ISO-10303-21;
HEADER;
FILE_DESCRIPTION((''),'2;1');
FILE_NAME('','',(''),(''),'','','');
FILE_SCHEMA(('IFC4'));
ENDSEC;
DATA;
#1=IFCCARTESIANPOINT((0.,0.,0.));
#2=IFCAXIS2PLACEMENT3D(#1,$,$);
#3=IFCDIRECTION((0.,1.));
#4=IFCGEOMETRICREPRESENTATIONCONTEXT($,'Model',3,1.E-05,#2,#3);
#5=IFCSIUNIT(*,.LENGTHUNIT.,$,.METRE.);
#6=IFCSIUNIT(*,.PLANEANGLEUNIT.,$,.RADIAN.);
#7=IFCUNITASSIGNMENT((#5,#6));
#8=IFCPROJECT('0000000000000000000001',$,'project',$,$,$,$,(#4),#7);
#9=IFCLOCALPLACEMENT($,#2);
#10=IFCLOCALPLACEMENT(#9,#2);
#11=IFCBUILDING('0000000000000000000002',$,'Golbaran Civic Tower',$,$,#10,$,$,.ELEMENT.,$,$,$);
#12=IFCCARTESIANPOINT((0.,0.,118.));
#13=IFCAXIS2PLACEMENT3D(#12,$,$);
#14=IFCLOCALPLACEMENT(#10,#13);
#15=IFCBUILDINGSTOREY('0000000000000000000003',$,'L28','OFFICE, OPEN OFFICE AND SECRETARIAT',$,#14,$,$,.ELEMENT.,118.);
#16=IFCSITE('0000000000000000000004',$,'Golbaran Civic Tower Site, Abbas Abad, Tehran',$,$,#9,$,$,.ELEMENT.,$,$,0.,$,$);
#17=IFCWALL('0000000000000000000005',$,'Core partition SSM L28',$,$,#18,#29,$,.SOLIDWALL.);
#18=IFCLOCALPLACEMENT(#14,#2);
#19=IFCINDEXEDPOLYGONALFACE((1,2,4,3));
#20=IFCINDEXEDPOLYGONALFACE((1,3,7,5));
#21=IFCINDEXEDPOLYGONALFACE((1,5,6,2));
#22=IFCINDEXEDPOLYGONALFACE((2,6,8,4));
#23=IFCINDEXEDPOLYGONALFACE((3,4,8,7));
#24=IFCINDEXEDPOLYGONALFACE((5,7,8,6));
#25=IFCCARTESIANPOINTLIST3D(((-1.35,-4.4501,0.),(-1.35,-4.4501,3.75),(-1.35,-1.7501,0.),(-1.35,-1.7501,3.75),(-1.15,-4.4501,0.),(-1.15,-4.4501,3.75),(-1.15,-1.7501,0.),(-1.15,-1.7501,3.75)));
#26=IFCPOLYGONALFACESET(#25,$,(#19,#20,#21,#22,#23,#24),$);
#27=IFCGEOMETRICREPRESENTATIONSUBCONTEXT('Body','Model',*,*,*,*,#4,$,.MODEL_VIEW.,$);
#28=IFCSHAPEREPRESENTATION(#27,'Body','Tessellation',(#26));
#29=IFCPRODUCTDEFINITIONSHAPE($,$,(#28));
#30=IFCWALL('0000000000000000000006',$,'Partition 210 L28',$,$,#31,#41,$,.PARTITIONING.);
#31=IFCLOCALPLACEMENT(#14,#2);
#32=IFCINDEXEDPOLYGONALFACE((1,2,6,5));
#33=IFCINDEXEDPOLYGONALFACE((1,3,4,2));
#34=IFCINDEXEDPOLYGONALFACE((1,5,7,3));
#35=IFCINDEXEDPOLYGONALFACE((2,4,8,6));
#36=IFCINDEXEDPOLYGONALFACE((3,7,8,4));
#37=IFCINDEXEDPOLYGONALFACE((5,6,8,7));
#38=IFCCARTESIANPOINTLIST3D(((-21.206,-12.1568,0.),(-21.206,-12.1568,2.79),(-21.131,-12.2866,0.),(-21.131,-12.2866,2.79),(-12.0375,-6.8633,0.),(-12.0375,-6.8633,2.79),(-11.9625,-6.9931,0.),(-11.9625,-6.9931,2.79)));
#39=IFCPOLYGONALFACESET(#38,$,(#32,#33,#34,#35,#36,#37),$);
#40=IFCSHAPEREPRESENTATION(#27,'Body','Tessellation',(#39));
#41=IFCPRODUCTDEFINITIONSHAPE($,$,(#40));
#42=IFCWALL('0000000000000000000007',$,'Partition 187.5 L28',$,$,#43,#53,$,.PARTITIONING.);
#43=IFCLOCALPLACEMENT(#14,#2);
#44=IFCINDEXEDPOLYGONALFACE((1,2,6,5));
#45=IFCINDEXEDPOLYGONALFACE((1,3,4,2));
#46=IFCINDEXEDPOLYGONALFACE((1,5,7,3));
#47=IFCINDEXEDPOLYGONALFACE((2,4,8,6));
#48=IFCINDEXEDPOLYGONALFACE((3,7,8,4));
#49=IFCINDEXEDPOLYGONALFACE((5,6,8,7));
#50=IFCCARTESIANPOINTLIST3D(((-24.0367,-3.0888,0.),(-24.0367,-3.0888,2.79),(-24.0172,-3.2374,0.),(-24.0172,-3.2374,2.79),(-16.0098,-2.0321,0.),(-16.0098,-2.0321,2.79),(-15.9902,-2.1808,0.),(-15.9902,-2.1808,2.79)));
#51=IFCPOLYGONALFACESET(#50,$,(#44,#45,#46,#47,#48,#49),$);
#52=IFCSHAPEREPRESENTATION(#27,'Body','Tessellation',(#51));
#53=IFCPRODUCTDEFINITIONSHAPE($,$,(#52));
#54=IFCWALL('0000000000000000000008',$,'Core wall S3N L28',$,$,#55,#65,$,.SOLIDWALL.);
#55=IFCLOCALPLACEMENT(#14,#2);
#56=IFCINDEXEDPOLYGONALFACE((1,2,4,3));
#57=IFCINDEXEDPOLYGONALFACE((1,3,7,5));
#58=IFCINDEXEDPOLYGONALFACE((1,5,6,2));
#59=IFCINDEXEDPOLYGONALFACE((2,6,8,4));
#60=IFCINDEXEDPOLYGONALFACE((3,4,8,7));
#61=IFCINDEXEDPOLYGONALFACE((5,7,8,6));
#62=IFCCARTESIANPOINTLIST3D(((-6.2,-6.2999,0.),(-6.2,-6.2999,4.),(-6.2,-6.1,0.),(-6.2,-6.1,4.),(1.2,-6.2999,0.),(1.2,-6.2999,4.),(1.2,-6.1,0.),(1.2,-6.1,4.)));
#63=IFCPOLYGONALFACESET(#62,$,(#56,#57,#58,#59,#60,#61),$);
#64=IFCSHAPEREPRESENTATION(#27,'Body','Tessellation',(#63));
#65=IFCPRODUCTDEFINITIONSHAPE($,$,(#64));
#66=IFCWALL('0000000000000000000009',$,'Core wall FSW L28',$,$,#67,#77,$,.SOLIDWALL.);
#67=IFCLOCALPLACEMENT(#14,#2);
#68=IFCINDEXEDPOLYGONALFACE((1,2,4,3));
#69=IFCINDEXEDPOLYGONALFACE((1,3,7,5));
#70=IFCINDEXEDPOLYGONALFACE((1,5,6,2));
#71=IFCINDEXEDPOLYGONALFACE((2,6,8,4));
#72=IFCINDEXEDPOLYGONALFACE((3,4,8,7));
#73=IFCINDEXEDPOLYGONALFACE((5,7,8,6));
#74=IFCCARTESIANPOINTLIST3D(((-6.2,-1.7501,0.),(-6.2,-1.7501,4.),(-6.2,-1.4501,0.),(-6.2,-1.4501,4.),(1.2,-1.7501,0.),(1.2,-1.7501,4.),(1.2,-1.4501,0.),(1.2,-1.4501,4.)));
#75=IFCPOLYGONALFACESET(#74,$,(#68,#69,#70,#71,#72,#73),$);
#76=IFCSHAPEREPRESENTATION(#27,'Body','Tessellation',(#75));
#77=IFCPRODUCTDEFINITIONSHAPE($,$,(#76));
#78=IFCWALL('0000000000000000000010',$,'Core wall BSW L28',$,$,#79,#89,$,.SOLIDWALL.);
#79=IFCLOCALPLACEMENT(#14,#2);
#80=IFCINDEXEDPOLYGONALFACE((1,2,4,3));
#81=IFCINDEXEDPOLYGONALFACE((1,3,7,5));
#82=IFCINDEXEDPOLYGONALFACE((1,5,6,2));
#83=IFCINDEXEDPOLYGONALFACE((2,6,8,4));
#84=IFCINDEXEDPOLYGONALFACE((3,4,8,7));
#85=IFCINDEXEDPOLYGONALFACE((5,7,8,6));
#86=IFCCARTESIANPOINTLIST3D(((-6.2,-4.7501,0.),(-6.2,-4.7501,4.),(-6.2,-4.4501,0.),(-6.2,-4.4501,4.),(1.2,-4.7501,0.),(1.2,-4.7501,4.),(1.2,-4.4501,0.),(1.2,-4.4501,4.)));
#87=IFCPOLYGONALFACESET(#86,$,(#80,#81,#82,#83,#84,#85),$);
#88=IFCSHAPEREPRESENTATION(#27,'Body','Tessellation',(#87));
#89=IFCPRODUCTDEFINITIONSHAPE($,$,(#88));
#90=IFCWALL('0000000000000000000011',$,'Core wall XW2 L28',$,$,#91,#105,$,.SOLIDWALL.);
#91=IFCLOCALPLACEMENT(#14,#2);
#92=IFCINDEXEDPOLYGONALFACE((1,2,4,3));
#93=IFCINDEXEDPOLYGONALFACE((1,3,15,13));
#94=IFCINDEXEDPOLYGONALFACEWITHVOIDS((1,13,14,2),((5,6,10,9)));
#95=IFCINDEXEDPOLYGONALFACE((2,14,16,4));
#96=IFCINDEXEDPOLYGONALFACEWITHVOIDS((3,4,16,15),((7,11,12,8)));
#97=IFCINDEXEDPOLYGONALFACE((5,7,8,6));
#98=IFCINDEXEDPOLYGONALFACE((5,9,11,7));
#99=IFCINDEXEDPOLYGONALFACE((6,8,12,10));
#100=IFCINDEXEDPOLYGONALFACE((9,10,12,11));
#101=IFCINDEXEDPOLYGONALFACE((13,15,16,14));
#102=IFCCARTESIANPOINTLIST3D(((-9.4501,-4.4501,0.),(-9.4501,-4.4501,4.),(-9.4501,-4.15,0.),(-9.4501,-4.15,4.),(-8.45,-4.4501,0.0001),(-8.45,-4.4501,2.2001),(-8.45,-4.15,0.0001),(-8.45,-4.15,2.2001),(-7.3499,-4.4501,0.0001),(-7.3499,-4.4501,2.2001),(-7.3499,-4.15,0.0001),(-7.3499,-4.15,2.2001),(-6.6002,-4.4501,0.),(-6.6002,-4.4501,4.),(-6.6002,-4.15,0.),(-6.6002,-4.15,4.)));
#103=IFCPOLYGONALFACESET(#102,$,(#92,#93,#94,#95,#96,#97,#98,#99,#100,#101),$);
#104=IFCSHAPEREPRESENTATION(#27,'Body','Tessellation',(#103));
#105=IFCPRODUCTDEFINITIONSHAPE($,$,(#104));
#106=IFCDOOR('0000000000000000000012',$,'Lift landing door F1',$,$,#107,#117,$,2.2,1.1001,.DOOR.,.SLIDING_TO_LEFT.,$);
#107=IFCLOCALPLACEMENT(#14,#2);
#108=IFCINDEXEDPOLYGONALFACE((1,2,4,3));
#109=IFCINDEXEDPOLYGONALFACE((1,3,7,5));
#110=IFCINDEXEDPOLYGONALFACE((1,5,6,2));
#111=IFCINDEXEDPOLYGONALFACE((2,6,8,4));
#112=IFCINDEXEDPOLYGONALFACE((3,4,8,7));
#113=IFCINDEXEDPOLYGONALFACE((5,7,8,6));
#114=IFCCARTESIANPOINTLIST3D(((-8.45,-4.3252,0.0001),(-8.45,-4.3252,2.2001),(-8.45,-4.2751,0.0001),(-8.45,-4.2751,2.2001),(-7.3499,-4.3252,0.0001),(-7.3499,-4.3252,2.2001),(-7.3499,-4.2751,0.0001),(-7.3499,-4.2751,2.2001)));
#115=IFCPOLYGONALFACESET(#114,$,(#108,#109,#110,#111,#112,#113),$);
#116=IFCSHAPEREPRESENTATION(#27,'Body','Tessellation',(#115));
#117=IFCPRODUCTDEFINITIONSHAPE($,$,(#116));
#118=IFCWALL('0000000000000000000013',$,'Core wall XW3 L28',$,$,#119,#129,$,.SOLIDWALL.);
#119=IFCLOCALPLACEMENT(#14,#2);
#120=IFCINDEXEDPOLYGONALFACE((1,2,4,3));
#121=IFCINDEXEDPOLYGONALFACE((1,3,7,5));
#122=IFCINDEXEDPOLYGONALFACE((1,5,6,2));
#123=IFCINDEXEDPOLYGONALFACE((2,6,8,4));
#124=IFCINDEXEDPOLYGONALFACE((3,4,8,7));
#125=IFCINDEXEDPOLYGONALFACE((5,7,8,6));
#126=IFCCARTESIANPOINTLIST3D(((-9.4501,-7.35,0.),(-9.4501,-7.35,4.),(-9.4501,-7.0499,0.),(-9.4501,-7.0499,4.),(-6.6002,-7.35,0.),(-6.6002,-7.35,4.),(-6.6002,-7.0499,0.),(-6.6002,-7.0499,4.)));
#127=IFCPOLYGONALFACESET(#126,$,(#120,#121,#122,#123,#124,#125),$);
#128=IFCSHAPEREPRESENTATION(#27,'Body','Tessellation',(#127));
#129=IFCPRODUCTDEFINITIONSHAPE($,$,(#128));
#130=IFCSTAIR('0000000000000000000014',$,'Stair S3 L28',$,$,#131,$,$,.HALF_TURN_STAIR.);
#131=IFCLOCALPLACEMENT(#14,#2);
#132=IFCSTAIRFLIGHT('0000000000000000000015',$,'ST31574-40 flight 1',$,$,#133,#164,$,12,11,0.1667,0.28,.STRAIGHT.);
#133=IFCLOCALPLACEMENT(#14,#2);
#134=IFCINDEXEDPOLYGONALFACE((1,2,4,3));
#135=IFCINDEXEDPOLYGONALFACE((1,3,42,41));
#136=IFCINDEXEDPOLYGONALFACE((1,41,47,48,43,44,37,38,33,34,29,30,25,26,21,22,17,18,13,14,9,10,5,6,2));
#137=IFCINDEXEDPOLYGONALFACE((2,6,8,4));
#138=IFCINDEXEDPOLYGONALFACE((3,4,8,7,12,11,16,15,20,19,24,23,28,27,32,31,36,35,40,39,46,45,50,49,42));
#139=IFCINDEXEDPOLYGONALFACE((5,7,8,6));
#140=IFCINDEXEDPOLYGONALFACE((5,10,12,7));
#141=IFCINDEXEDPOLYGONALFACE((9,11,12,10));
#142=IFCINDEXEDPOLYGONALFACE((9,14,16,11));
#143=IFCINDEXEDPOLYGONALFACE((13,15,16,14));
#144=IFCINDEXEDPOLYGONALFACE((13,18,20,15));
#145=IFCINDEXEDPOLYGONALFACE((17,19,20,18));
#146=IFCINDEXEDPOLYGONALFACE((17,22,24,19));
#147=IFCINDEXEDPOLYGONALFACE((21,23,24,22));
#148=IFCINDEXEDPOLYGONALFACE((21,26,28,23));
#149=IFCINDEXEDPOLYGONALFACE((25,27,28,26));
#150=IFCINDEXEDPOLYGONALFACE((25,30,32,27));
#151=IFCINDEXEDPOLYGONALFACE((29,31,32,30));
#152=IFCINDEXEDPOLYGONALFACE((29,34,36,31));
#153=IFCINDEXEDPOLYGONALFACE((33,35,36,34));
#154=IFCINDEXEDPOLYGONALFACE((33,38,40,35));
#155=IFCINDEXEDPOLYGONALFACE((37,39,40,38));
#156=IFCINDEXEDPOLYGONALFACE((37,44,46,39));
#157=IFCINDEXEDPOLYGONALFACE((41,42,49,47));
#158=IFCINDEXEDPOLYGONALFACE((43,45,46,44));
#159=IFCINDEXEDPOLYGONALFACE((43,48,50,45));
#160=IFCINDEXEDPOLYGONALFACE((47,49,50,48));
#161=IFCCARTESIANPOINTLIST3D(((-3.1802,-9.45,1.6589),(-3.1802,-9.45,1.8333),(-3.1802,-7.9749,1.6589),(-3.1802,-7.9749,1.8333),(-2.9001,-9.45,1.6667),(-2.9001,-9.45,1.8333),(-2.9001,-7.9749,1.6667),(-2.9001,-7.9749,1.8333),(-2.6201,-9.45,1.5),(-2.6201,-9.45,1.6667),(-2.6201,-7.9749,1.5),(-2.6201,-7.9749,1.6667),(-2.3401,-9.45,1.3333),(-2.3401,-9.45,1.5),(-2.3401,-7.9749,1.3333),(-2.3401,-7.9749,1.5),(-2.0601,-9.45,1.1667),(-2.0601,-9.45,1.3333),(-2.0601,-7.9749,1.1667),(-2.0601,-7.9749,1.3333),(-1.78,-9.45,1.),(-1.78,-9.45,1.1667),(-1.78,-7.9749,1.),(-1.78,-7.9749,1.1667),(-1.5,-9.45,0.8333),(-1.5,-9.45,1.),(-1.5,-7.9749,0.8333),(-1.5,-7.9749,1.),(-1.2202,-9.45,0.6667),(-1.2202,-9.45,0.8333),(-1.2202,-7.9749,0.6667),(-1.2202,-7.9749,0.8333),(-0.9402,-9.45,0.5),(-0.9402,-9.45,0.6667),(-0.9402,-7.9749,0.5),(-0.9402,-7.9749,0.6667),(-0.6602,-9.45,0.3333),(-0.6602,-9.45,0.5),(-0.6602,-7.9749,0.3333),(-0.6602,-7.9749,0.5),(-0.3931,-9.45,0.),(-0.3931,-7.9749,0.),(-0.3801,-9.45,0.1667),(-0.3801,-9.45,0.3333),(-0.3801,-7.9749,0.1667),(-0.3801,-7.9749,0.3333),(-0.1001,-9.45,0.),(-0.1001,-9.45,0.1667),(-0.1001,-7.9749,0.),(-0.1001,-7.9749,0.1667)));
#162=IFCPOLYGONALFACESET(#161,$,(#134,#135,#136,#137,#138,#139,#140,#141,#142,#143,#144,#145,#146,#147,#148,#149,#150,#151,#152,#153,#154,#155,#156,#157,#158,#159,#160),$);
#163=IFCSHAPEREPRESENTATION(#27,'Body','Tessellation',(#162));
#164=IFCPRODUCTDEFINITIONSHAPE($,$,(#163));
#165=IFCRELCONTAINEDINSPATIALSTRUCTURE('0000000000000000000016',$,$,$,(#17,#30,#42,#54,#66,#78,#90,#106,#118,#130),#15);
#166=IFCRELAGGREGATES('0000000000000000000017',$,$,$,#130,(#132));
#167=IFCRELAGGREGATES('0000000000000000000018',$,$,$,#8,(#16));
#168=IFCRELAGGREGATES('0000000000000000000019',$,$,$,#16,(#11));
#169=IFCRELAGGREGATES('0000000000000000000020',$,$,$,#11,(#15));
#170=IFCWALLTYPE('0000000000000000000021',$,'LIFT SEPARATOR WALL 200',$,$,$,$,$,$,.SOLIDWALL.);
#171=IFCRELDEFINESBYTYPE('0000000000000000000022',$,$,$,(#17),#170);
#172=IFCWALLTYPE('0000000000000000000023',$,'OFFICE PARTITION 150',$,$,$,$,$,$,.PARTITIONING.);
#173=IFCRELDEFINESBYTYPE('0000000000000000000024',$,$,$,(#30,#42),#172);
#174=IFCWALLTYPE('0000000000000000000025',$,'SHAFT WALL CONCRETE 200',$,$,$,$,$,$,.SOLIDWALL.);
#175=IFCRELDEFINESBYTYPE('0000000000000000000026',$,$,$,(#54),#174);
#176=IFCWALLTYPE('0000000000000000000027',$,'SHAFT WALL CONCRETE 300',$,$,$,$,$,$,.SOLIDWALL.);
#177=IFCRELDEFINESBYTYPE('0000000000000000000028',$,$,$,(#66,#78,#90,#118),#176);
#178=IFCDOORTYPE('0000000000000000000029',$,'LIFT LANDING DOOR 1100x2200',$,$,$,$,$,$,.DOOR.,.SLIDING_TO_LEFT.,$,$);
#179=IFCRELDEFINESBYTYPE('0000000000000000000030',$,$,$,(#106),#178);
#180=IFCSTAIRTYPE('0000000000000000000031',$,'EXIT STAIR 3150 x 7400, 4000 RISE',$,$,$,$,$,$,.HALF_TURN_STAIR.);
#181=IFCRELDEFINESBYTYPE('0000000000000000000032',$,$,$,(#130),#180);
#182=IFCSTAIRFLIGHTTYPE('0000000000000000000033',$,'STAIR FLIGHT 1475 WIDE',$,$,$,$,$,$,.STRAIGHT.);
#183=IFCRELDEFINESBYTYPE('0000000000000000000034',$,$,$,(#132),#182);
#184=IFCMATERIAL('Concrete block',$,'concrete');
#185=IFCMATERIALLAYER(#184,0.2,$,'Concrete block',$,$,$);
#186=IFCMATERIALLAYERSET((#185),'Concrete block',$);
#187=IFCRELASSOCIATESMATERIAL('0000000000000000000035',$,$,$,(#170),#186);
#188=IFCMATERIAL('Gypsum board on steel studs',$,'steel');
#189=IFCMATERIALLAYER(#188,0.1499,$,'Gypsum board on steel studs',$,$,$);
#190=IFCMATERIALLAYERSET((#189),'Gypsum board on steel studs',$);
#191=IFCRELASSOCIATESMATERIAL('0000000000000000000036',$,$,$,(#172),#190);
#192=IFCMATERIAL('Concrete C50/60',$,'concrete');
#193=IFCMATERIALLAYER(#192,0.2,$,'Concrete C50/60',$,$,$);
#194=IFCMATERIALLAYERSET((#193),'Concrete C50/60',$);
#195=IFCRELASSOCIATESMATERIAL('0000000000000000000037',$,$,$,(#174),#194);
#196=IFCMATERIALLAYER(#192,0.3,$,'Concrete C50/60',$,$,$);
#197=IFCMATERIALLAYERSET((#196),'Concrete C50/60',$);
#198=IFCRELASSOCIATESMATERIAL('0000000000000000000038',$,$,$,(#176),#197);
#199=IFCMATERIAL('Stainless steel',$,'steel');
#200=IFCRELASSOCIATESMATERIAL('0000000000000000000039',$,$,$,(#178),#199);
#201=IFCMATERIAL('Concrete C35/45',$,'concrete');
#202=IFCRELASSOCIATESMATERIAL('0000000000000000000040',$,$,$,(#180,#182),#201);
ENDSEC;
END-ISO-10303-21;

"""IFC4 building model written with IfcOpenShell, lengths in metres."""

from ifc_helpers import new_model, si_unit, direction, frame, frame_2d, origin, place, context, subcontext, project, spatial, polyline, rectangle, outline, extrude, material, layer, layer_set, type_object, element, fill, aggregate, save


model = new_model("IFC4")

# Units and contexts
model_context = context("Model", 3, precision=1e-05, world=origin(), true_north=direction((0.0, 1.0)))
body_context = subcontext(model_context, "Body", "Model", "MODEL_VIEW")
ifc_project = project(units=[si_unit("LENGTHUNIT", "METRE"), si_unit("PLANEANGLEUNIT", "RADIAN")], contexts=[model_context])

# Site, building, storey
site_placement = place(None, origin())
site = spatial("IfcSite", under=ifc_project, at=site_placement, Name="Golbaran Civic Tower Site, Abbas Abad, Tehran", CompositionType="ELEMENT", RefElevation=0.0)
building_placement = place(site_placement, origin())
building = spatial("IfcBuilding", under=site, at=building_placement, Name="Golbaran Civic Tower", CompositionType="ELEMENT")
storey_placement = place(building_placement, frame((0.0, 0.0, 118.0)))
storey = spatial("IfcBuildingStorey", under=building, at=storey_placement, Name="L28", Description="OFFICE, OPEN OFFICE AND SECRETARIAT", CompositionType="ELEMENT", Elevation=118.0)

# Shared definitions
ifc_material_1 = material(Name="Concrete C50/60", Category="concrete")

# Walls
ifc_material_2 = material(Name="Concrete block", Category="concrete")
ifc_layer_1 = layer(ifc_material_2, 0.2, Name="Concrete block")
ifc_layer_set_1 = layer_set([ifc_layer_1], Name="Concrete block")
wall_type_1 = type_object("IfcWallType", Name="LIFT SEPARATOR WALL 200", PredefinedType="SOLIDWALL", material=ifc_layer_set_1)
for number, where, z_axis, x_axis, name in (
    (1, (-1.25, -1.75, 0.0), (0.0, 0.0, 1.0), (0.0, -1.0, 0.0), "Core partition SSM L28"),
):
    element("IfcWall", number, at=place(storey_placement, frame(where, z_axis=z_axis, x_axis=x_axis)), inside=storey, type_object=wall_type_1, Name=name, PredefinedType="SOLIDWALL", context=body_context, shape_type="SweptSolid", body=[
        extrude(rectangle(XDim=2.7, YDim=0.2, at=frame_2d((1.3501, 0.0))), origin(), (0.0, 0.0, 1.0), 3.75),
    ])
ifc_material_3 = material(Name="Gypsum board on steel studs", Category="steel")
ifc_layer_2 = layer(ifc_material_3, 0.1499, Name="Gypsum board on steel studs")
ifc_layer_set_2 = layer_set([ifc_layer_2], Name="Gypsum board on steel studs")
wall_type_2 = type_object("IfcWallType", Name="OFFICE PARTITION 150", PredefinedType="PARTITIONING", material=ifc_layer_set_2)
wall_1_placement = place(storey_placement, frame((-12.0, -6.9282, 0.0), z_axis=(0.0, 0.0, 1.0), x_axis=(-0.866024, -0.500003, 0.0)))
element("IfcWall", 2, at=wall_1_placement, inside=storey, type_object=wall_type_2, Name="Partition 210 L28", PredefinedType="PARTITIONING", context=body_context, shape_type="SweptSolid", body=[
    extrude(rectangle(XDim=10.5869, YDim=0.1499, at=frame_2d((5.2935, 0.0))), origin(), (0.0, 0.0, 1.0), 2.79),
])
wall_2_placement = place(storey_placement, frame((-16.0, -2.1064, 0.0), z_axis=(0.0, 0.0, 1.0), x_axis=(-0.991447, -0.130512, 0.0)))
element("IfcWall", 3, at=wall_2_placement, inside=storey, type_object=wall_type_2, Name="Partition 187.5 L28", PredefinedType="PARTITIONING", context=body_context, shape_type="SweptSolid", body=[
    extrude(rectangle(XDim=8.0962, YDim=0.1499, at=frame_2d((4.0481, 0.0))), origin(), (0.0, 0.0, 1.0), 2.79),
])
ifc_layer_3 = layer(ifc_material_1, 0.2, Name="Concrete C50/60")
ifc_layer_set_3 = layer_set([ifc_layer_3], Name="Concrete C50/60")
wall_type_3 = type_object("IfcWallType", Name="SHAFT WALL CONCRETE 200", PredefinedType="SOLIDWALL", material=ifc_layer_set_3)
wall_3_placement = place(storey_placement, frame((-6.2, -6.2, 0.0), z_axis=(0.0, 0.0, 1.0), x_axis=(1.0, 0.0, 0.0)))
element("IfcWall", 4, at=wall_3_placement, inside=storey, type_object=wall_type_3, Name="Core wall S3N L28", PredefinedType="SOLIDWALL", context=body_context, shape_type="SweptSolid", body=[
    extrude(rectangle(XDim=7.3999, YDim=0.2, at=frame_2d((3.7, 0.0))), origin(), (0.0, 0.0, 1.0), 4.0),
])
ifc_layer_4 = layer(ifc_material_1, 0.3, Name="Concrete C50/60")
ifc_layer_set_4 = layer_set([ifc_layer_4], Name="Concrete C50/60")
wall_type_4 = type_object("IfcWallType", Name="SHAFT WALL CONCRETE 300", PredefinedType="SOLIDWALL", material=ifc_layer_set_4)
for number, where, z_axis, x_axis, name in (
    (5, (-6.2, -1.6001, 0.0), (0.0, 0.0, 1.0), (1.0, 0.0, 0.0), "Core wall FSW L28"),
    (6, (-6.2, -4.6001, 0.0), (0.0, 0.0, 1.0), (1.0, 0.0, 0.0), "Core wall BSW L28"),
):
    element("IfcWall", number, at=place(storey_placement, frame(where, z_axis=z_axis, x_axis=x_axis)), inside=storey, type_object=wall_type_4, Name=name, PredefinedType="SOLIDWALL", context=body_context, shape_type="SweptSolid", body=[
        extrude(rectangle(XDim=7.3999, YDim=0.3, at=frame_2d((3.7, 0.0))), origin(), (0.0, 0.0, 1.0), 4.0),
    ])

# Wall, opening, door
wall_4_placement = place(storey_placement, frame((-9.45, -4.3, 0.0), z_axis=(0.0, 0.0, 1.0), x_axis=(1.0, 0.0, 0.0)))
wall_4 = element("IfcWall", 7, at=wall_4_placement, inside=storey, type_object=wall_type_4, Name="Core wall XW2 L28", PredefinedType="SOLIDWALL", context=body_context, shape_type="SweptSolid", body=[
    extrude(rectangle(XDim=2.8499, YDim=0.3, at=frame_2d((1.4248, 0.0))), origin(), (0.0, 0.0, 1.0), 4.0),
])
opening_1_placement = place(wall_4_placement, frame((1.0, 0.0, 0.0)))
opening_1 = element("IfcOpeningElement", 8, at=opening_1_placement, cuts=wall_4, PredefinedType="OPENING", context=body_context, shape_type="SweptSolid", body=[
    extrude(rectangle(XDim=1.1001, YDim=2.2, at=frame_2d((0.55, 1.1001))), frame((0.0, 0.1599, 0.0), z_axis=(0.0, -1.0, 0.0), x_axis=(1.0, 0.0, 0.0)), (0.0, 0.0, 1.0), 0.3201),
])
ifc_material_4 = material(Name="Stainless steel", Category="steel")
door_type_1 = type_object("IfcDoorType", Name="LIFT LANDING DOOR 1100x2200", OperationType="SLIDING_TO_LEFT", PredefinedType="DOOR", material=ifc_material_4)
door_1_placement = place(opening_1_placement, origin())
door_1 = element("IfcDoor", 9, at=door_1_placement, inside=storey, type_object=door_type_1, Name="Lift landing door F1", OperationType="SLIDING_TO_LEFT", OverallHeight=2.2, OverallWidth=1.1001, PredefinedType="DOOR", context=body_context, shape_type="SweptSolid", body=[
    extrude(rectangle(XDim=1.1001, YDim=2.2, at=frame_2d((0.55, 1.1001))), frame((0.0, 0.0249, 0.0), z_axis=(0.0, -1.0, 0.0), x_axis=(1.0, 0.0, 0.0)), (0.0, 0.0, 1.0), 0.05),
])
fill(opening_1, door_1)

# Wall
wall_5_placement = place(storey_placement, frame((-9.45, -7.2, 0.0), z_axis=(0.0, 0.0, 1.0), x_axis=(1.0, 0.0, 0.0)))
element("IfcWall", 10, at=wall_5_placement, inside=storey, type_object=wall_type_4, Name="Core wall XW3 L28", PredefinedType="SOLIDWALL", context=body_context, shape_type="SweptSolid", body=[
    extrude(rectangle(XDim=2.8499, YDim=0.3, at=frame_2d((1.4248, 0.0))), origin(), (0.0, 0.0, 1.0), 4.0),
])

# Stair, stair flight
ifc_material_5 = material(Name="Concrete C35/45", Category="concrete")
stair_type = type_object("IfcStairType", Name="EXIT STAIR 3150 x 7400, 4000 RISE", PredefinedType="HALF_TURN_STAIR", material=ifc_material_5)
stair_placement = place(storey_placement, origin())
stair = element("IfcStair", 11, at=stair_placement, inside=storey, type_object=stair_type, Name="Stair S3 L28", PredefinedType="HALF_TURN_STAIR")
stair_flight_type = type_object("IfcStairFlightType", Name="STAIR FLIGHT 1475 WIDE", PredefinedType="STRAIGHT", material=ifc_material_5)
stair_flight_1_placement = place(storey_placement, frame((-0.1001, -8.7124, 0.0), z_axis=(0.0, 0.0, 1.0), x_axis=(-1.0, 0.0, 0.0)))
stair_flight_1 = element("IfcStairFlight", 12, at=stair_flight_1_placement, type_object=stair_flight_type, Name="ST31574-40 flight 1", NumberOfRisers=12, NumberOfTreads=11, PredefinedType="STRAIGHT", RiserHeight=0.1667, TreadLength=0.28, context=body_context, shape_type="SweptSolid", body=[
    extrude(outline(polyline([(0.0, 0.0), (0.0, 0.1667), (0.28, 0.1667), (0.28, 0.3333), (0.5601, 0.3333), (0.5601, 0.5), (0.8401, 0.5), (0.8401, 0.6667), (1.1201, 0.6667), (1.1201, 0.8333), (1.3999, 0.8333), (1.3999, 1.0), (1.6799, 1.0), (1.6799, 1.1667), (1.96, 1.1667), (1.96, 1.3333), (2.24, 1.3333), (2.24, 1.5), (2.52, 1.5), (2.52, 1.6667), (2.8, 1.6667), (2.8, 1.8333), (3.0801, 1.8333), (3.0801, 2.0), (3.0801, 1.6589), (0.293, 0.0), (0.0, 0.0)])), frame((0.0, 0.7375, 0.0), z_axis=(0.0, -1.0, 0.0), x_axis=(1.0, 0.0, 0.0)), (0.0, 0.0, 1.0), 1.4751),
])
aggregate(stair, [stair_flight_1])

save(model, "model.ifc")
